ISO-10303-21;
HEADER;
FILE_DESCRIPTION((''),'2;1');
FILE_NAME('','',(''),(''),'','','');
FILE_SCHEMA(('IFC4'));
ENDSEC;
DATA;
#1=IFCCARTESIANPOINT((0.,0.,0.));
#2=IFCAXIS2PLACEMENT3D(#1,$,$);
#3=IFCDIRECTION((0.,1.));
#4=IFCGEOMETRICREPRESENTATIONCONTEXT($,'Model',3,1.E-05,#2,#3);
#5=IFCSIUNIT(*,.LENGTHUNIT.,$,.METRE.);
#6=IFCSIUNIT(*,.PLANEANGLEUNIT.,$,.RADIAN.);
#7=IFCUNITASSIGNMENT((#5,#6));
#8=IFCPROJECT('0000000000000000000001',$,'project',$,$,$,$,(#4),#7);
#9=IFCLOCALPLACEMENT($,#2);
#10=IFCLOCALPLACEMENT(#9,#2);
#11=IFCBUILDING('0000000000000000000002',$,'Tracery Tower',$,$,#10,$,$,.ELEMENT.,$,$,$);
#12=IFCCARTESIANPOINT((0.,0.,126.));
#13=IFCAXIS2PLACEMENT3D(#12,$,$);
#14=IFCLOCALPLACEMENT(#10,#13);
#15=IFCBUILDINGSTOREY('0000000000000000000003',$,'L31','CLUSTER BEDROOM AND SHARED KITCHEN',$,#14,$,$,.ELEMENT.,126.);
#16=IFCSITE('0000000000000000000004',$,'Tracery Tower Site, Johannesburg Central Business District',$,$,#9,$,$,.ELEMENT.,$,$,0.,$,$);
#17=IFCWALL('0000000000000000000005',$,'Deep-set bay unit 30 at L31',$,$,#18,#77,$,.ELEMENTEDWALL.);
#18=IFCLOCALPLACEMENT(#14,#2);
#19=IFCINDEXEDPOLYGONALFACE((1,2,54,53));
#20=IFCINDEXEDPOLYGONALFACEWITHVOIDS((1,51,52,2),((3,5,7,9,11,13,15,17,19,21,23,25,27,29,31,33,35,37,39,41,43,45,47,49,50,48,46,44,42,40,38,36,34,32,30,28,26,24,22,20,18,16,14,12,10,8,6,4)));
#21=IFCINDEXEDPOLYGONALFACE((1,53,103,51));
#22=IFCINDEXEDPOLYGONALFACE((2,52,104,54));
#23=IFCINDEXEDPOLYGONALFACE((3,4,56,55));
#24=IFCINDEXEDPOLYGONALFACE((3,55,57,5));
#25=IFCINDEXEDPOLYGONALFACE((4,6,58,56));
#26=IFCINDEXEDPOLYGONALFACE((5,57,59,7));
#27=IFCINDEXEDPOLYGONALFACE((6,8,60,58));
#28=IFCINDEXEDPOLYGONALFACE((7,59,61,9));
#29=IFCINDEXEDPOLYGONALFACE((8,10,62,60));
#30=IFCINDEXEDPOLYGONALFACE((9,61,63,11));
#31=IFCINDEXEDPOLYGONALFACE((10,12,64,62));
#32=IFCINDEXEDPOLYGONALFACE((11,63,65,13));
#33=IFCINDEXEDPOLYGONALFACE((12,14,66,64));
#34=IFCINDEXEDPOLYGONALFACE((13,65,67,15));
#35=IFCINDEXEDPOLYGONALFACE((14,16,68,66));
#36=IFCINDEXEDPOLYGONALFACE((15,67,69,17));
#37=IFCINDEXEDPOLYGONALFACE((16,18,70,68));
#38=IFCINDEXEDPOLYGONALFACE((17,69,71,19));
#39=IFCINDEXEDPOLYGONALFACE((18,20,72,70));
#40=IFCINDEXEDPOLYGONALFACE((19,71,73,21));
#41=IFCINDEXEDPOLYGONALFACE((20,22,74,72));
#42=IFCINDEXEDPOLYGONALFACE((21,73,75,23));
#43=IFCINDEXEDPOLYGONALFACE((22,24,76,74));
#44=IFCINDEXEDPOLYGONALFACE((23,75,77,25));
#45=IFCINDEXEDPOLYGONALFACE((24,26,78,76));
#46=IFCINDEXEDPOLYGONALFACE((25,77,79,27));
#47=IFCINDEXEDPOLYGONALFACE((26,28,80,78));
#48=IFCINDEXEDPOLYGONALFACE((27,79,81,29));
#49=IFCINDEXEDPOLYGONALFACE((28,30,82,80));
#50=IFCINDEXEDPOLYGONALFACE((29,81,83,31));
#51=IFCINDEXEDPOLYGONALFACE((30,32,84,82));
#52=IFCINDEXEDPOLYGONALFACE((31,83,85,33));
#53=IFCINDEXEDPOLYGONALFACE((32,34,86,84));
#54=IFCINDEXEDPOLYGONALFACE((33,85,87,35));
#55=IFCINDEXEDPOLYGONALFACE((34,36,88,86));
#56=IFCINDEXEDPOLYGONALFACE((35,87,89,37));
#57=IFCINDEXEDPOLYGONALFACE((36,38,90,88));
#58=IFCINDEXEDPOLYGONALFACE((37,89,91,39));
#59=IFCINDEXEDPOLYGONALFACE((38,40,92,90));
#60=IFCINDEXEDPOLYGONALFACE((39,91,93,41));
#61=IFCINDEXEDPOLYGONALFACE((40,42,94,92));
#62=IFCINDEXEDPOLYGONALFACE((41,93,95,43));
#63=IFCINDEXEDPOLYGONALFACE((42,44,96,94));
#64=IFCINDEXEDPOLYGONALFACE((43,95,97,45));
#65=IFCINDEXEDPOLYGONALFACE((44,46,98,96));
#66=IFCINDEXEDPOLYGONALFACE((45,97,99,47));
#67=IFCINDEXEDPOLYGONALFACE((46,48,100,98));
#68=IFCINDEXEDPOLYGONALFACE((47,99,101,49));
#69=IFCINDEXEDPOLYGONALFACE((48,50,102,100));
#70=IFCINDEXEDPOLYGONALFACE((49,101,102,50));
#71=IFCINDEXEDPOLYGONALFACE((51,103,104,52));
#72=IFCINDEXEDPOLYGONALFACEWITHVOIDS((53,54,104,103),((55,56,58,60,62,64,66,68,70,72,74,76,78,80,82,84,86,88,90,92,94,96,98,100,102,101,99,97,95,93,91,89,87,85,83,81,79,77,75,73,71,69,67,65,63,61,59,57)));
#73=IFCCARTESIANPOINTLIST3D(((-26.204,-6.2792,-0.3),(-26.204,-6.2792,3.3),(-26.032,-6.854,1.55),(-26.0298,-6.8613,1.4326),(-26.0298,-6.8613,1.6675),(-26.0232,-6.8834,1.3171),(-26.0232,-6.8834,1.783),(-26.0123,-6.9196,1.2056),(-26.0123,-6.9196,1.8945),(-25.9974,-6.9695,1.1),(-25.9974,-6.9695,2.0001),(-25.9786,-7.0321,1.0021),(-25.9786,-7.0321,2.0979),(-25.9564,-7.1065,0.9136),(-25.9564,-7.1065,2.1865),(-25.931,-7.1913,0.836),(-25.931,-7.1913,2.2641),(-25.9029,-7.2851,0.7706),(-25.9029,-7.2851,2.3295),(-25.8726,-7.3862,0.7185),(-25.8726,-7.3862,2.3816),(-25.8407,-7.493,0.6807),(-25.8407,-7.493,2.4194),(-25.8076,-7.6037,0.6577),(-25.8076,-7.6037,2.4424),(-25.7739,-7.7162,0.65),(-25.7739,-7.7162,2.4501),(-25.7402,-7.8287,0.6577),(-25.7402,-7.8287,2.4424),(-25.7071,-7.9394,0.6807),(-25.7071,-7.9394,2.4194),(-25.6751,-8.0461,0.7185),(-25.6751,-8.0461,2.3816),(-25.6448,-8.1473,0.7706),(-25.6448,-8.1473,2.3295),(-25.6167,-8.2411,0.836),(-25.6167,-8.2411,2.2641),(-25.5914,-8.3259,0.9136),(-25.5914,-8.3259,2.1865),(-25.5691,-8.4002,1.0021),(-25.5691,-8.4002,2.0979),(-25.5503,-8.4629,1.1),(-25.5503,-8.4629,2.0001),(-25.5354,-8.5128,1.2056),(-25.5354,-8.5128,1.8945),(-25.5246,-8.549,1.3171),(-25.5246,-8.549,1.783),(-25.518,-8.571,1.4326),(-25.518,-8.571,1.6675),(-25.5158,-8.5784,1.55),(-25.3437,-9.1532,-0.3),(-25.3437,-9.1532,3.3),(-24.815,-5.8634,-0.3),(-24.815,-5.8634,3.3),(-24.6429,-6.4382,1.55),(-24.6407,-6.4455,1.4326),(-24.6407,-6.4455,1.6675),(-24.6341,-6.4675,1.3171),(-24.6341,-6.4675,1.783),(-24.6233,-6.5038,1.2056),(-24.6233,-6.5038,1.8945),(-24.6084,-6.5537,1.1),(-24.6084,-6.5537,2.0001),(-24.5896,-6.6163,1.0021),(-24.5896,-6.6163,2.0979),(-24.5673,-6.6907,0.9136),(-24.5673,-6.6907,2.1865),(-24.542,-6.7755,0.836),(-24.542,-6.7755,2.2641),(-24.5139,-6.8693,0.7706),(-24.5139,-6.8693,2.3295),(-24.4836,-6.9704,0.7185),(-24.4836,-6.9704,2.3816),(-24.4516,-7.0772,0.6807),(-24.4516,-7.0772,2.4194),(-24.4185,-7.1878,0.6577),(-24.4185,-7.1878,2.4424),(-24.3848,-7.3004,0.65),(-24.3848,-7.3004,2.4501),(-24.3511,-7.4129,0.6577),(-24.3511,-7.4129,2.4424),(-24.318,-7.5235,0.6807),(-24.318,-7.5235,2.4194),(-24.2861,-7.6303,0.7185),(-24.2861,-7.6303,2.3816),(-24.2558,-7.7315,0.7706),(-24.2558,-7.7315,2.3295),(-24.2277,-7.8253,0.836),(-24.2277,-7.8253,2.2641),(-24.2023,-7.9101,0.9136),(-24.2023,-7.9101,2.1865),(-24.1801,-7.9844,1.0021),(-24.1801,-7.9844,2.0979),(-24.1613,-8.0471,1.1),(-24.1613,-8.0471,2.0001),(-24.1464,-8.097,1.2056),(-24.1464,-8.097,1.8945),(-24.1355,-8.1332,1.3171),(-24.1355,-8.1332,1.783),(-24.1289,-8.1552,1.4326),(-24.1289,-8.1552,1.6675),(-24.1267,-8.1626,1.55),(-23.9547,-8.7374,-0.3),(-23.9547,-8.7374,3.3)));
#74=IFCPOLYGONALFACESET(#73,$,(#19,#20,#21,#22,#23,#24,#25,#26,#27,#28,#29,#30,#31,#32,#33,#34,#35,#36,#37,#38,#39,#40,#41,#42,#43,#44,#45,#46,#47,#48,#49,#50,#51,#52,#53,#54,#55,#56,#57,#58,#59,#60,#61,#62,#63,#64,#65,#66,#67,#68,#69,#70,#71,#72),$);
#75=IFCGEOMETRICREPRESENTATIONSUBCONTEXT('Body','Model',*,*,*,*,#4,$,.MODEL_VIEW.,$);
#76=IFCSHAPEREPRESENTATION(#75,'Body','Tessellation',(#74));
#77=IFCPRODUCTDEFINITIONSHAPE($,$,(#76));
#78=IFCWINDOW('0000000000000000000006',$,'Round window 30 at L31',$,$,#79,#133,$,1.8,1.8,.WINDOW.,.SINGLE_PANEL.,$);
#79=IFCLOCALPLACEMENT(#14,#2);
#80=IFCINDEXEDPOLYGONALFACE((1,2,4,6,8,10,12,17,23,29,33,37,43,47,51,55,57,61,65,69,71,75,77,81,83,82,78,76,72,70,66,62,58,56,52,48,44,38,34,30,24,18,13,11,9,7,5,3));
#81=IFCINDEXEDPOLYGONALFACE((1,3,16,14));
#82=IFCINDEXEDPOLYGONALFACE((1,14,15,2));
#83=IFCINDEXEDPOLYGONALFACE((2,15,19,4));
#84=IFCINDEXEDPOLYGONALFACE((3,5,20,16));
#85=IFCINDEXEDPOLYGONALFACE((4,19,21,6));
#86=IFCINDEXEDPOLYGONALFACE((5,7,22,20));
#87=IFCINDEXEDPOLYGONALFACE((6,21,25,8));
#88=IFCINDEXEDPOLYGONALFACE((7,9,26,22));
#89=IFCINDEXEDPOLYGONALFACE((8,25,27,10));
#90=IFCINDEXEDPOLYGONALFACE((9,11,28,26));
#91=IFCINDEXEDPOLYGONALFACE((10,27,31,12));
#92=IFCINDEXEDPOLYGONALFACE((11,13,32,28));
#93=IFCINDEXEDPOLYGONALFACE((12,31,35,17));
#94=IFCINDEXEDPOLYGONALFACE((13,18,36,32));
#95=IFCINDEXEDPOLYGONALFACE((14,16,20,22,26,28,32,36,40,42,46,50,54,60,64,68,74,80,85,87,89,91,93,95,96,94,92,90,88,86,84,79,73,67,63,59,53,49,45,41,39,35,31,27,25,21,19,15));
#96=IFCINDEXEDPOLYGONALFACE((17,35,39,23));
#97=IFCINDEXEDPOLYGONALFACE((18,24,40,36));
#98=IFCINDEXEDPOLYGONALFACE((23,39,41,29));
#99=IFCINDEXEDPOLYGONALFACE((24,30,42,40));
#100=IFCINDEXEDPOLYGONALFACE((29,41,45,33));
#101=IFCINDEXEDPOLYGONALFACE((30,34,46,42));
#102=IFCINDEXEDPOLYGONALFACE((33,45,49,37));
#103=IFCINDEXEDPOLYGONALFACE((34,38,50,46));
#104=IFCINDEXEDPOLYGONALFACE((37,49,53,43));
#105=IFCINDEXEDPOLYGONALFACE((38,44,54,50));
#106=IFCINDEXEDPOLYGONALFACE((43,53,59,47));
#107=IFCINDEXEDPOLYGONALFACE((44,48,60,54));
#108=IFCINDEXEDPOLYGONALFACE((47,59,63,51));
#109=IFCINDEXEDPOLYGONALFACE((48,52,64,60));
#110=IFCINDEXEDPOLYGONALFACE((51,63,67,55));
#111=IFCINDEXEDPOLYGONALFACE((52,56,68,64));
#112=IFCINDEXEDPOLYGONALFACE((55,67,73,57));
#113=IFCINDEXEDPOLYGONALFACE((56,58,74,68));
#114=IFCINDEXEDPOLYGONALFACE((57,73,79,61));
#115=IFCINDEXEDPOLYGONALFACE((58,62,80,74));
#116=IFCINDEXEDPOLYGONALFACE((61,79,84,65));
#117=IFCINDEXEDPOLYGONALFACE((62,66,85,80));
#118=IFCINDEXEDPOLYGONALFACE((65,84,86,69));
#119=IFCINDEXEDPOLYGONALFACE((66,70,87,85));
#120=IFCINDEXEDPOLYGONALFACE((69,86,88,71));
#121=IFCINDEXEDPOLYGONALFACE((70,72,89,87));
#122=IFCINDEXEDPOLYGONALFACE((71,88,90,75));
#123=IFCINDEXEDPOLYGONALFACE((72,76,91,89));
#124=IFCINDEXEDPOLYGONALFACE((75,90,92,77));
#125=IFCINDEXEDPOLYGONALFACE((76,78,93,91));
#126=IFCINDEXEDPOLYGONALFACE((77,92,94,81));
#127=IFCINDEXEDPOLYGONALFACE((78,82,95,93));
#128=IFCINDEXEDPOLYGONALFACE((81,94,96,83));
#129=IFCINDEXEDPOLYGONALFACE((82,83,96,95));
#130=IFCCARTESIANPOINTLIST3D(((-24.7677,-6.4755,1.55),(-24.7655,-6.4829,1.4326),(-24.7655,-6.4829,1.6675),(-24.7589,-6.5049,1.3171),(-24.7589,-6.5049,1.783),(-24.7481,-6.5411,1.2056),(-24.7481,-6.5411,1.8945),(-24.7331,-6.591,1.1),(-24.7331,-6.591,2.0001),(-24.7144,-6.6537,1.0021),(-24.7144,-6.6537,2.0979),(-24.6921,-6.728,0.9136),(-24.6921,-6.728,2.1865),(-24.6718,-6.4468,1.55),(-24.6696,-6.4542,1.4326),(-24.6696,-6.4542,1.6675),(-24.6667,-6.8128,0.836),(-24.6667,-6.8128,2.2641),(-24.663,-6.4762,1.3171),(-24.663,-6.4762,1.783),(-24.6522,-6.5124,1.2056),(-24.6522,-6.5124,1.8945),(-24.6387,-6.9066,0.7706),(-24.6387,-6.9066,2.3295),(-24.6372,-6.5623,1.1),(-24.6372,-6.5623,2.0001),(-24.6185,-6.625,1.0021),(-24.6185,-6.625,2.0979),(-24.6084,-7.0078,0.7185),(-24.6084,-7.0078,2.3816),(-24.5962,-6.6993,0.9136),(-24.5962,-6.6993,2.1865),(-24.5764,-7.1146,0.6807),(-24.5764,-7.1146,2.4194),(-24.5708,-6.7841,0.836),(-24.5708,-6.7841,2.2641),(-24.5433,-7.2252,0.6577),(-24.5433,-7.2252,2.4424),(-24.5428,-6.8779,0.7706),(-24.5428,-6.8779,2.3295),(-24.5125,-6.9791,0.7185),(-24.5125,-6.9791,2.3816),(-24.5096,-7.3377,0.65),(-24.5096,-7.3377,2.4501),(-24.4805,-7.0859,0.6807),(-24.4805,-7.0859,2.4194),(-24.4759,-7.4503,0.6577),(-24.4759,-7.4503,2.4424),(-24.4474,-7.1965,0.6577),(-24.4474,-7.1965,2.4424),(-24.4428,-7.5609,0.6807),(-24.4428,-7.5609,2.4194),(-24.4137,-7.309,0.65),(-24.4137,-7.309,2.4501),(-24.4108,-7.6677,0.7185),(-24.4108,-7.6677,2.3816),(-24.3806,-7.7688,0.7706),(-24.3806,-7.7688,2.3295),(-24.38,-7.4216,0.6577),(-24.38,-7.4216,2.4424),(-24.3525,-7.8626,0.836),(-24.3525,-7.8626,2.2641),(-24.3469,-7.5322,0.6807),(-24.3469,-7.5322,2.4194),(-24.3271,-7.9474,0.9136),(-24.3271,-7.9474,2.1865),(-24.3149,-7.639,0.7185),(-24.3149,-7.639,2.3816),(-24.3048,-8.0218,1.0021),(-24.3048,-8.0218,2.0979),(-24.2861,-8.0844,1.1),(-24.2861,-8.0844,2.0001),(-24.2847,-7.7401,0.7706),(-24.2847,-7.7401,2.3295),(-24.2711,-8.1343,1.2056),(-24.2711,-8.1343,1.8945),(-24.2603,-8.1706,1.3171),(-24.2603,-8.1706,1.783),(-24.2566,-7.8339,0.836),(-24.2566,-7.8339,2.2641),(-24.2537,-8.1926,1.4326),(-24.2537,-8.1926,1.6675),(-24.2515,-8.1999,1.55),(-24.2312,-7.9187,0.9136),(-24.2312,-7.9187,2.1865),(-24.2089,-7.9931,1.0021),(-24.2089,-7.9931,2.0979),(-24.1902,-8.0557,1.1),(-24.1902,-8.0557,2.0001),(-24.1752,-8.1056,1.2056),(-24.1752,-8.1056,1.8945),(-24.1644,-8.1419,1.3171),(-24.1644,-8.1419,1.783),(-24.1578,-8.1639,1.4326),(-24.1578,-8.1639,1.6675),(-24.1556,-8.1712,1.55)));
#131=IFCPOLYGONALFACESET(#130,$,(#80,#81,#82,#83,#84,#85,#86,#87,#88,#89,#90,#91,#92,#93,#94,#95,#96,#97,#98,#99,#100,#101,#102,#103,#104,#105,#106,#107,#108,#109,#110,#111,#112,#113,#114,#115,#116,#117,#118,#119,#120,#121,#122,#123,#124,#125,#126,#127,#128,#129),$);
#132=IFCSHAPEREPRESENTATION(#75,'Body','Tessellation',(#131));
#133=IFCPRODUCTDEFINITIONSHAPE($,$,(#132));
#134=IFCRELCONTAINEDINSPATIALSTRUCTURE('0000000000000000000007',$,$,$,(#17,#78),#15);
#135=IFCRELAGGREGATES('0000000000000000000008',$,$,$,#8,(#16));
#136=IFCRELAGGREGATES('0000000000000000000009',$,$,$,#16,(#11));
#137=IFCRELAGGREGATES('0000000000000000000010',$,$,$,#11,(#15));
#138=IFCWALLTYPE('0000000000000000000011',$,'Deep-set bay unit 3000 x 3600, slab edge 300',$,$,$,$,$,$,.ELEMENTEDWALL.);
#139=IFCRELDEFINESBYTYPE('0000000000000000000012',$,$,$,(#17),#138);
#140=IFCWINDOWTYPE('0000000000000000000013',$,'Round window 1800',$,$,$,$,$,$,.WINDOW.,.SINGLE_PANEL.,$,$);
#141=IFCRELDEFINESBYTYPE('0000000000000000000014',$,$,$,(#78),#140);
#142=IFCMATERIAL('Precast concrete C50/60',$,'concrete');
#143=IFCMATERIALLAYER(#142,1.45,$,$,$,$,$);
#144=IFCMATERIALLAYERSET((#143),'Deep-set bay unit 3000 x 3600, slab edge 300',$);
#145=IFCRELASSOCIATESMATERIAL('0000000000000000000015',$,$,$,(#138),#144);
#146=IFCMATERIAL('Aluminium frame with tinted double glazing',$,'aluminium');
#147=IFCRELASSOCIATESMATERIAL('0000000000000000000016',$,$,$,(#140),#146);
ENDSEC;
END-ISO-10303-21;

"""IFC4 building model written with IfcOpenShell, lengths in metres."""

from ifc_helpers import new_model, si_unit, direction, frame, frame_2d, origin, origin_2d, place, context, subcontext, project, spatial, rectangle, circle, extrude, material, layer, layer_set, type_object, element, fill, save


model = new_model("IFC4")

# Units and contexts
model_context = context("Model", 3, precision=1e-05, world=origin(), true_north=direction((0.0, 1.0)))
body_context = subcontext(model_context, "Body", "Model", "MODEL_VIEW")
ifc_project = project(units=[si_unit("LENGTHUNIT", "METRE"), si_unit("PLANEANGLEUNIT", "RADIAN")], contexts=[model_context])

# Site, building, storey
site_placement = place(None, origin())
site = spatial("IfcSite", under=ifc_project, at=site_placement, Name="Tracery Tower Site, Johannesburg Central Business District", CompositionType="ELEMENT", RefElevation=0.0)
building_placement = place(site_placement, origin())
building = spatial("IfcBuilding", under=site, at=building_placement, Name="Tracery Tower", CompositionType="ELEMENT")
storey_placement = place(building_placement, frame((0.0, 0.0, 126.0)))
storey = spatial("IfcBuildingStorey", under=building, at=storey_placement, Name="L31", Description="CLUSTER BEDROOM AND SHARED KITCHEN", CompositionType="ELEMENT", Elevation=126.0)

# Wall, opening, window
ifc_material_1 = material(Name="Precast concrete C50/60", Category="concrete")
ifc_layer_1 = layer(ifc_material_1, 1.45)
ifc_layer_set_1 = layer_set([ifc_layer_1], Name="Deep-set bay unit 3000 x 3600, slab edge 300")
wall_type_1 = type_object("IfcWallType", Name="Deep-set bay unit 3000 x 3600, slab edge 300", PredefinedType="ELEMENTEDWALL", material=ifc_layer_set_1)
wall_1_placement = place(storey_placement, frame((-25.5095, -6.0713, -0.3), z_axis=(0.0, 0.0, 1.0), x_axis=(0.28678, -0.957996, 0.0)))
wall_1 = element("IfcWall", 1, at=wall_1_placement, inside=storey, type_object=wall_type_1, Name="Deep-set bay unit 30 at L31", PredefinedType="ELEMENTEDWALL", context=body_context, shape_type="SweptSolid", body=[
    extrude(rectangle(XDim=3.0, YDim=1.45, at=frame_2d((1.5, 0.0))), origin(), (0.0, 0.0, 1.0), 3.6001),
])
opening_1_placement = place(wall_1_placement, frame((1.5, 0.0, 1.8501)))
opening_1 = element("IfcOpeningElement", 2, at=opening_1_placement, cuts=wall_1, PredefinedType="OPENING", context=body_context, shape_type="SweptSolid", body=[
    extrude(circle(Radius=0.9, at=origin_2d()), frame((0.0, 0.7349, 0.0), z_axis=(0.0, -1.0, 0.0), x_axis=(1.0, 0.0, 0.0)), (0.0, 0.0, 1.0), 1.47),
])
ifc_material_2 = material(Name="Aluminium frame with tinted double glazing", Category="aluminium")
window_type = type_object("IfcWindowType", Name="Round window 1800", PartitioningType="SINGLE_PANEL", PredefinedType="WINDOW", material=ifc_material_2)
window_1_placement = place(opening_1_placement, origin())
window_1 = element("IfcWindow", 3, at=window_1_placement, inside=storey, type_object=window_type, Name="Round window 30 at L31", OverallHeight=1.8, OverallWidth=1.8, PartitioningType="SINGLE_PANEL", PredefinedType="WINDOW", context=body_context, shape_type="SweptSolid", body=[
    extrude(circle(Radius=0.9, at=origin_2d()), frame((0.0, 0.6948, 0.0), z_axis=(0.0, -1.0, 0.0), x_axis=(1.0, 0.0, 0.0)), (0.0, 0.0, 1.0), 0.1001),
])
fill(opening_1, window_1)

save(model, "model.ifc")
